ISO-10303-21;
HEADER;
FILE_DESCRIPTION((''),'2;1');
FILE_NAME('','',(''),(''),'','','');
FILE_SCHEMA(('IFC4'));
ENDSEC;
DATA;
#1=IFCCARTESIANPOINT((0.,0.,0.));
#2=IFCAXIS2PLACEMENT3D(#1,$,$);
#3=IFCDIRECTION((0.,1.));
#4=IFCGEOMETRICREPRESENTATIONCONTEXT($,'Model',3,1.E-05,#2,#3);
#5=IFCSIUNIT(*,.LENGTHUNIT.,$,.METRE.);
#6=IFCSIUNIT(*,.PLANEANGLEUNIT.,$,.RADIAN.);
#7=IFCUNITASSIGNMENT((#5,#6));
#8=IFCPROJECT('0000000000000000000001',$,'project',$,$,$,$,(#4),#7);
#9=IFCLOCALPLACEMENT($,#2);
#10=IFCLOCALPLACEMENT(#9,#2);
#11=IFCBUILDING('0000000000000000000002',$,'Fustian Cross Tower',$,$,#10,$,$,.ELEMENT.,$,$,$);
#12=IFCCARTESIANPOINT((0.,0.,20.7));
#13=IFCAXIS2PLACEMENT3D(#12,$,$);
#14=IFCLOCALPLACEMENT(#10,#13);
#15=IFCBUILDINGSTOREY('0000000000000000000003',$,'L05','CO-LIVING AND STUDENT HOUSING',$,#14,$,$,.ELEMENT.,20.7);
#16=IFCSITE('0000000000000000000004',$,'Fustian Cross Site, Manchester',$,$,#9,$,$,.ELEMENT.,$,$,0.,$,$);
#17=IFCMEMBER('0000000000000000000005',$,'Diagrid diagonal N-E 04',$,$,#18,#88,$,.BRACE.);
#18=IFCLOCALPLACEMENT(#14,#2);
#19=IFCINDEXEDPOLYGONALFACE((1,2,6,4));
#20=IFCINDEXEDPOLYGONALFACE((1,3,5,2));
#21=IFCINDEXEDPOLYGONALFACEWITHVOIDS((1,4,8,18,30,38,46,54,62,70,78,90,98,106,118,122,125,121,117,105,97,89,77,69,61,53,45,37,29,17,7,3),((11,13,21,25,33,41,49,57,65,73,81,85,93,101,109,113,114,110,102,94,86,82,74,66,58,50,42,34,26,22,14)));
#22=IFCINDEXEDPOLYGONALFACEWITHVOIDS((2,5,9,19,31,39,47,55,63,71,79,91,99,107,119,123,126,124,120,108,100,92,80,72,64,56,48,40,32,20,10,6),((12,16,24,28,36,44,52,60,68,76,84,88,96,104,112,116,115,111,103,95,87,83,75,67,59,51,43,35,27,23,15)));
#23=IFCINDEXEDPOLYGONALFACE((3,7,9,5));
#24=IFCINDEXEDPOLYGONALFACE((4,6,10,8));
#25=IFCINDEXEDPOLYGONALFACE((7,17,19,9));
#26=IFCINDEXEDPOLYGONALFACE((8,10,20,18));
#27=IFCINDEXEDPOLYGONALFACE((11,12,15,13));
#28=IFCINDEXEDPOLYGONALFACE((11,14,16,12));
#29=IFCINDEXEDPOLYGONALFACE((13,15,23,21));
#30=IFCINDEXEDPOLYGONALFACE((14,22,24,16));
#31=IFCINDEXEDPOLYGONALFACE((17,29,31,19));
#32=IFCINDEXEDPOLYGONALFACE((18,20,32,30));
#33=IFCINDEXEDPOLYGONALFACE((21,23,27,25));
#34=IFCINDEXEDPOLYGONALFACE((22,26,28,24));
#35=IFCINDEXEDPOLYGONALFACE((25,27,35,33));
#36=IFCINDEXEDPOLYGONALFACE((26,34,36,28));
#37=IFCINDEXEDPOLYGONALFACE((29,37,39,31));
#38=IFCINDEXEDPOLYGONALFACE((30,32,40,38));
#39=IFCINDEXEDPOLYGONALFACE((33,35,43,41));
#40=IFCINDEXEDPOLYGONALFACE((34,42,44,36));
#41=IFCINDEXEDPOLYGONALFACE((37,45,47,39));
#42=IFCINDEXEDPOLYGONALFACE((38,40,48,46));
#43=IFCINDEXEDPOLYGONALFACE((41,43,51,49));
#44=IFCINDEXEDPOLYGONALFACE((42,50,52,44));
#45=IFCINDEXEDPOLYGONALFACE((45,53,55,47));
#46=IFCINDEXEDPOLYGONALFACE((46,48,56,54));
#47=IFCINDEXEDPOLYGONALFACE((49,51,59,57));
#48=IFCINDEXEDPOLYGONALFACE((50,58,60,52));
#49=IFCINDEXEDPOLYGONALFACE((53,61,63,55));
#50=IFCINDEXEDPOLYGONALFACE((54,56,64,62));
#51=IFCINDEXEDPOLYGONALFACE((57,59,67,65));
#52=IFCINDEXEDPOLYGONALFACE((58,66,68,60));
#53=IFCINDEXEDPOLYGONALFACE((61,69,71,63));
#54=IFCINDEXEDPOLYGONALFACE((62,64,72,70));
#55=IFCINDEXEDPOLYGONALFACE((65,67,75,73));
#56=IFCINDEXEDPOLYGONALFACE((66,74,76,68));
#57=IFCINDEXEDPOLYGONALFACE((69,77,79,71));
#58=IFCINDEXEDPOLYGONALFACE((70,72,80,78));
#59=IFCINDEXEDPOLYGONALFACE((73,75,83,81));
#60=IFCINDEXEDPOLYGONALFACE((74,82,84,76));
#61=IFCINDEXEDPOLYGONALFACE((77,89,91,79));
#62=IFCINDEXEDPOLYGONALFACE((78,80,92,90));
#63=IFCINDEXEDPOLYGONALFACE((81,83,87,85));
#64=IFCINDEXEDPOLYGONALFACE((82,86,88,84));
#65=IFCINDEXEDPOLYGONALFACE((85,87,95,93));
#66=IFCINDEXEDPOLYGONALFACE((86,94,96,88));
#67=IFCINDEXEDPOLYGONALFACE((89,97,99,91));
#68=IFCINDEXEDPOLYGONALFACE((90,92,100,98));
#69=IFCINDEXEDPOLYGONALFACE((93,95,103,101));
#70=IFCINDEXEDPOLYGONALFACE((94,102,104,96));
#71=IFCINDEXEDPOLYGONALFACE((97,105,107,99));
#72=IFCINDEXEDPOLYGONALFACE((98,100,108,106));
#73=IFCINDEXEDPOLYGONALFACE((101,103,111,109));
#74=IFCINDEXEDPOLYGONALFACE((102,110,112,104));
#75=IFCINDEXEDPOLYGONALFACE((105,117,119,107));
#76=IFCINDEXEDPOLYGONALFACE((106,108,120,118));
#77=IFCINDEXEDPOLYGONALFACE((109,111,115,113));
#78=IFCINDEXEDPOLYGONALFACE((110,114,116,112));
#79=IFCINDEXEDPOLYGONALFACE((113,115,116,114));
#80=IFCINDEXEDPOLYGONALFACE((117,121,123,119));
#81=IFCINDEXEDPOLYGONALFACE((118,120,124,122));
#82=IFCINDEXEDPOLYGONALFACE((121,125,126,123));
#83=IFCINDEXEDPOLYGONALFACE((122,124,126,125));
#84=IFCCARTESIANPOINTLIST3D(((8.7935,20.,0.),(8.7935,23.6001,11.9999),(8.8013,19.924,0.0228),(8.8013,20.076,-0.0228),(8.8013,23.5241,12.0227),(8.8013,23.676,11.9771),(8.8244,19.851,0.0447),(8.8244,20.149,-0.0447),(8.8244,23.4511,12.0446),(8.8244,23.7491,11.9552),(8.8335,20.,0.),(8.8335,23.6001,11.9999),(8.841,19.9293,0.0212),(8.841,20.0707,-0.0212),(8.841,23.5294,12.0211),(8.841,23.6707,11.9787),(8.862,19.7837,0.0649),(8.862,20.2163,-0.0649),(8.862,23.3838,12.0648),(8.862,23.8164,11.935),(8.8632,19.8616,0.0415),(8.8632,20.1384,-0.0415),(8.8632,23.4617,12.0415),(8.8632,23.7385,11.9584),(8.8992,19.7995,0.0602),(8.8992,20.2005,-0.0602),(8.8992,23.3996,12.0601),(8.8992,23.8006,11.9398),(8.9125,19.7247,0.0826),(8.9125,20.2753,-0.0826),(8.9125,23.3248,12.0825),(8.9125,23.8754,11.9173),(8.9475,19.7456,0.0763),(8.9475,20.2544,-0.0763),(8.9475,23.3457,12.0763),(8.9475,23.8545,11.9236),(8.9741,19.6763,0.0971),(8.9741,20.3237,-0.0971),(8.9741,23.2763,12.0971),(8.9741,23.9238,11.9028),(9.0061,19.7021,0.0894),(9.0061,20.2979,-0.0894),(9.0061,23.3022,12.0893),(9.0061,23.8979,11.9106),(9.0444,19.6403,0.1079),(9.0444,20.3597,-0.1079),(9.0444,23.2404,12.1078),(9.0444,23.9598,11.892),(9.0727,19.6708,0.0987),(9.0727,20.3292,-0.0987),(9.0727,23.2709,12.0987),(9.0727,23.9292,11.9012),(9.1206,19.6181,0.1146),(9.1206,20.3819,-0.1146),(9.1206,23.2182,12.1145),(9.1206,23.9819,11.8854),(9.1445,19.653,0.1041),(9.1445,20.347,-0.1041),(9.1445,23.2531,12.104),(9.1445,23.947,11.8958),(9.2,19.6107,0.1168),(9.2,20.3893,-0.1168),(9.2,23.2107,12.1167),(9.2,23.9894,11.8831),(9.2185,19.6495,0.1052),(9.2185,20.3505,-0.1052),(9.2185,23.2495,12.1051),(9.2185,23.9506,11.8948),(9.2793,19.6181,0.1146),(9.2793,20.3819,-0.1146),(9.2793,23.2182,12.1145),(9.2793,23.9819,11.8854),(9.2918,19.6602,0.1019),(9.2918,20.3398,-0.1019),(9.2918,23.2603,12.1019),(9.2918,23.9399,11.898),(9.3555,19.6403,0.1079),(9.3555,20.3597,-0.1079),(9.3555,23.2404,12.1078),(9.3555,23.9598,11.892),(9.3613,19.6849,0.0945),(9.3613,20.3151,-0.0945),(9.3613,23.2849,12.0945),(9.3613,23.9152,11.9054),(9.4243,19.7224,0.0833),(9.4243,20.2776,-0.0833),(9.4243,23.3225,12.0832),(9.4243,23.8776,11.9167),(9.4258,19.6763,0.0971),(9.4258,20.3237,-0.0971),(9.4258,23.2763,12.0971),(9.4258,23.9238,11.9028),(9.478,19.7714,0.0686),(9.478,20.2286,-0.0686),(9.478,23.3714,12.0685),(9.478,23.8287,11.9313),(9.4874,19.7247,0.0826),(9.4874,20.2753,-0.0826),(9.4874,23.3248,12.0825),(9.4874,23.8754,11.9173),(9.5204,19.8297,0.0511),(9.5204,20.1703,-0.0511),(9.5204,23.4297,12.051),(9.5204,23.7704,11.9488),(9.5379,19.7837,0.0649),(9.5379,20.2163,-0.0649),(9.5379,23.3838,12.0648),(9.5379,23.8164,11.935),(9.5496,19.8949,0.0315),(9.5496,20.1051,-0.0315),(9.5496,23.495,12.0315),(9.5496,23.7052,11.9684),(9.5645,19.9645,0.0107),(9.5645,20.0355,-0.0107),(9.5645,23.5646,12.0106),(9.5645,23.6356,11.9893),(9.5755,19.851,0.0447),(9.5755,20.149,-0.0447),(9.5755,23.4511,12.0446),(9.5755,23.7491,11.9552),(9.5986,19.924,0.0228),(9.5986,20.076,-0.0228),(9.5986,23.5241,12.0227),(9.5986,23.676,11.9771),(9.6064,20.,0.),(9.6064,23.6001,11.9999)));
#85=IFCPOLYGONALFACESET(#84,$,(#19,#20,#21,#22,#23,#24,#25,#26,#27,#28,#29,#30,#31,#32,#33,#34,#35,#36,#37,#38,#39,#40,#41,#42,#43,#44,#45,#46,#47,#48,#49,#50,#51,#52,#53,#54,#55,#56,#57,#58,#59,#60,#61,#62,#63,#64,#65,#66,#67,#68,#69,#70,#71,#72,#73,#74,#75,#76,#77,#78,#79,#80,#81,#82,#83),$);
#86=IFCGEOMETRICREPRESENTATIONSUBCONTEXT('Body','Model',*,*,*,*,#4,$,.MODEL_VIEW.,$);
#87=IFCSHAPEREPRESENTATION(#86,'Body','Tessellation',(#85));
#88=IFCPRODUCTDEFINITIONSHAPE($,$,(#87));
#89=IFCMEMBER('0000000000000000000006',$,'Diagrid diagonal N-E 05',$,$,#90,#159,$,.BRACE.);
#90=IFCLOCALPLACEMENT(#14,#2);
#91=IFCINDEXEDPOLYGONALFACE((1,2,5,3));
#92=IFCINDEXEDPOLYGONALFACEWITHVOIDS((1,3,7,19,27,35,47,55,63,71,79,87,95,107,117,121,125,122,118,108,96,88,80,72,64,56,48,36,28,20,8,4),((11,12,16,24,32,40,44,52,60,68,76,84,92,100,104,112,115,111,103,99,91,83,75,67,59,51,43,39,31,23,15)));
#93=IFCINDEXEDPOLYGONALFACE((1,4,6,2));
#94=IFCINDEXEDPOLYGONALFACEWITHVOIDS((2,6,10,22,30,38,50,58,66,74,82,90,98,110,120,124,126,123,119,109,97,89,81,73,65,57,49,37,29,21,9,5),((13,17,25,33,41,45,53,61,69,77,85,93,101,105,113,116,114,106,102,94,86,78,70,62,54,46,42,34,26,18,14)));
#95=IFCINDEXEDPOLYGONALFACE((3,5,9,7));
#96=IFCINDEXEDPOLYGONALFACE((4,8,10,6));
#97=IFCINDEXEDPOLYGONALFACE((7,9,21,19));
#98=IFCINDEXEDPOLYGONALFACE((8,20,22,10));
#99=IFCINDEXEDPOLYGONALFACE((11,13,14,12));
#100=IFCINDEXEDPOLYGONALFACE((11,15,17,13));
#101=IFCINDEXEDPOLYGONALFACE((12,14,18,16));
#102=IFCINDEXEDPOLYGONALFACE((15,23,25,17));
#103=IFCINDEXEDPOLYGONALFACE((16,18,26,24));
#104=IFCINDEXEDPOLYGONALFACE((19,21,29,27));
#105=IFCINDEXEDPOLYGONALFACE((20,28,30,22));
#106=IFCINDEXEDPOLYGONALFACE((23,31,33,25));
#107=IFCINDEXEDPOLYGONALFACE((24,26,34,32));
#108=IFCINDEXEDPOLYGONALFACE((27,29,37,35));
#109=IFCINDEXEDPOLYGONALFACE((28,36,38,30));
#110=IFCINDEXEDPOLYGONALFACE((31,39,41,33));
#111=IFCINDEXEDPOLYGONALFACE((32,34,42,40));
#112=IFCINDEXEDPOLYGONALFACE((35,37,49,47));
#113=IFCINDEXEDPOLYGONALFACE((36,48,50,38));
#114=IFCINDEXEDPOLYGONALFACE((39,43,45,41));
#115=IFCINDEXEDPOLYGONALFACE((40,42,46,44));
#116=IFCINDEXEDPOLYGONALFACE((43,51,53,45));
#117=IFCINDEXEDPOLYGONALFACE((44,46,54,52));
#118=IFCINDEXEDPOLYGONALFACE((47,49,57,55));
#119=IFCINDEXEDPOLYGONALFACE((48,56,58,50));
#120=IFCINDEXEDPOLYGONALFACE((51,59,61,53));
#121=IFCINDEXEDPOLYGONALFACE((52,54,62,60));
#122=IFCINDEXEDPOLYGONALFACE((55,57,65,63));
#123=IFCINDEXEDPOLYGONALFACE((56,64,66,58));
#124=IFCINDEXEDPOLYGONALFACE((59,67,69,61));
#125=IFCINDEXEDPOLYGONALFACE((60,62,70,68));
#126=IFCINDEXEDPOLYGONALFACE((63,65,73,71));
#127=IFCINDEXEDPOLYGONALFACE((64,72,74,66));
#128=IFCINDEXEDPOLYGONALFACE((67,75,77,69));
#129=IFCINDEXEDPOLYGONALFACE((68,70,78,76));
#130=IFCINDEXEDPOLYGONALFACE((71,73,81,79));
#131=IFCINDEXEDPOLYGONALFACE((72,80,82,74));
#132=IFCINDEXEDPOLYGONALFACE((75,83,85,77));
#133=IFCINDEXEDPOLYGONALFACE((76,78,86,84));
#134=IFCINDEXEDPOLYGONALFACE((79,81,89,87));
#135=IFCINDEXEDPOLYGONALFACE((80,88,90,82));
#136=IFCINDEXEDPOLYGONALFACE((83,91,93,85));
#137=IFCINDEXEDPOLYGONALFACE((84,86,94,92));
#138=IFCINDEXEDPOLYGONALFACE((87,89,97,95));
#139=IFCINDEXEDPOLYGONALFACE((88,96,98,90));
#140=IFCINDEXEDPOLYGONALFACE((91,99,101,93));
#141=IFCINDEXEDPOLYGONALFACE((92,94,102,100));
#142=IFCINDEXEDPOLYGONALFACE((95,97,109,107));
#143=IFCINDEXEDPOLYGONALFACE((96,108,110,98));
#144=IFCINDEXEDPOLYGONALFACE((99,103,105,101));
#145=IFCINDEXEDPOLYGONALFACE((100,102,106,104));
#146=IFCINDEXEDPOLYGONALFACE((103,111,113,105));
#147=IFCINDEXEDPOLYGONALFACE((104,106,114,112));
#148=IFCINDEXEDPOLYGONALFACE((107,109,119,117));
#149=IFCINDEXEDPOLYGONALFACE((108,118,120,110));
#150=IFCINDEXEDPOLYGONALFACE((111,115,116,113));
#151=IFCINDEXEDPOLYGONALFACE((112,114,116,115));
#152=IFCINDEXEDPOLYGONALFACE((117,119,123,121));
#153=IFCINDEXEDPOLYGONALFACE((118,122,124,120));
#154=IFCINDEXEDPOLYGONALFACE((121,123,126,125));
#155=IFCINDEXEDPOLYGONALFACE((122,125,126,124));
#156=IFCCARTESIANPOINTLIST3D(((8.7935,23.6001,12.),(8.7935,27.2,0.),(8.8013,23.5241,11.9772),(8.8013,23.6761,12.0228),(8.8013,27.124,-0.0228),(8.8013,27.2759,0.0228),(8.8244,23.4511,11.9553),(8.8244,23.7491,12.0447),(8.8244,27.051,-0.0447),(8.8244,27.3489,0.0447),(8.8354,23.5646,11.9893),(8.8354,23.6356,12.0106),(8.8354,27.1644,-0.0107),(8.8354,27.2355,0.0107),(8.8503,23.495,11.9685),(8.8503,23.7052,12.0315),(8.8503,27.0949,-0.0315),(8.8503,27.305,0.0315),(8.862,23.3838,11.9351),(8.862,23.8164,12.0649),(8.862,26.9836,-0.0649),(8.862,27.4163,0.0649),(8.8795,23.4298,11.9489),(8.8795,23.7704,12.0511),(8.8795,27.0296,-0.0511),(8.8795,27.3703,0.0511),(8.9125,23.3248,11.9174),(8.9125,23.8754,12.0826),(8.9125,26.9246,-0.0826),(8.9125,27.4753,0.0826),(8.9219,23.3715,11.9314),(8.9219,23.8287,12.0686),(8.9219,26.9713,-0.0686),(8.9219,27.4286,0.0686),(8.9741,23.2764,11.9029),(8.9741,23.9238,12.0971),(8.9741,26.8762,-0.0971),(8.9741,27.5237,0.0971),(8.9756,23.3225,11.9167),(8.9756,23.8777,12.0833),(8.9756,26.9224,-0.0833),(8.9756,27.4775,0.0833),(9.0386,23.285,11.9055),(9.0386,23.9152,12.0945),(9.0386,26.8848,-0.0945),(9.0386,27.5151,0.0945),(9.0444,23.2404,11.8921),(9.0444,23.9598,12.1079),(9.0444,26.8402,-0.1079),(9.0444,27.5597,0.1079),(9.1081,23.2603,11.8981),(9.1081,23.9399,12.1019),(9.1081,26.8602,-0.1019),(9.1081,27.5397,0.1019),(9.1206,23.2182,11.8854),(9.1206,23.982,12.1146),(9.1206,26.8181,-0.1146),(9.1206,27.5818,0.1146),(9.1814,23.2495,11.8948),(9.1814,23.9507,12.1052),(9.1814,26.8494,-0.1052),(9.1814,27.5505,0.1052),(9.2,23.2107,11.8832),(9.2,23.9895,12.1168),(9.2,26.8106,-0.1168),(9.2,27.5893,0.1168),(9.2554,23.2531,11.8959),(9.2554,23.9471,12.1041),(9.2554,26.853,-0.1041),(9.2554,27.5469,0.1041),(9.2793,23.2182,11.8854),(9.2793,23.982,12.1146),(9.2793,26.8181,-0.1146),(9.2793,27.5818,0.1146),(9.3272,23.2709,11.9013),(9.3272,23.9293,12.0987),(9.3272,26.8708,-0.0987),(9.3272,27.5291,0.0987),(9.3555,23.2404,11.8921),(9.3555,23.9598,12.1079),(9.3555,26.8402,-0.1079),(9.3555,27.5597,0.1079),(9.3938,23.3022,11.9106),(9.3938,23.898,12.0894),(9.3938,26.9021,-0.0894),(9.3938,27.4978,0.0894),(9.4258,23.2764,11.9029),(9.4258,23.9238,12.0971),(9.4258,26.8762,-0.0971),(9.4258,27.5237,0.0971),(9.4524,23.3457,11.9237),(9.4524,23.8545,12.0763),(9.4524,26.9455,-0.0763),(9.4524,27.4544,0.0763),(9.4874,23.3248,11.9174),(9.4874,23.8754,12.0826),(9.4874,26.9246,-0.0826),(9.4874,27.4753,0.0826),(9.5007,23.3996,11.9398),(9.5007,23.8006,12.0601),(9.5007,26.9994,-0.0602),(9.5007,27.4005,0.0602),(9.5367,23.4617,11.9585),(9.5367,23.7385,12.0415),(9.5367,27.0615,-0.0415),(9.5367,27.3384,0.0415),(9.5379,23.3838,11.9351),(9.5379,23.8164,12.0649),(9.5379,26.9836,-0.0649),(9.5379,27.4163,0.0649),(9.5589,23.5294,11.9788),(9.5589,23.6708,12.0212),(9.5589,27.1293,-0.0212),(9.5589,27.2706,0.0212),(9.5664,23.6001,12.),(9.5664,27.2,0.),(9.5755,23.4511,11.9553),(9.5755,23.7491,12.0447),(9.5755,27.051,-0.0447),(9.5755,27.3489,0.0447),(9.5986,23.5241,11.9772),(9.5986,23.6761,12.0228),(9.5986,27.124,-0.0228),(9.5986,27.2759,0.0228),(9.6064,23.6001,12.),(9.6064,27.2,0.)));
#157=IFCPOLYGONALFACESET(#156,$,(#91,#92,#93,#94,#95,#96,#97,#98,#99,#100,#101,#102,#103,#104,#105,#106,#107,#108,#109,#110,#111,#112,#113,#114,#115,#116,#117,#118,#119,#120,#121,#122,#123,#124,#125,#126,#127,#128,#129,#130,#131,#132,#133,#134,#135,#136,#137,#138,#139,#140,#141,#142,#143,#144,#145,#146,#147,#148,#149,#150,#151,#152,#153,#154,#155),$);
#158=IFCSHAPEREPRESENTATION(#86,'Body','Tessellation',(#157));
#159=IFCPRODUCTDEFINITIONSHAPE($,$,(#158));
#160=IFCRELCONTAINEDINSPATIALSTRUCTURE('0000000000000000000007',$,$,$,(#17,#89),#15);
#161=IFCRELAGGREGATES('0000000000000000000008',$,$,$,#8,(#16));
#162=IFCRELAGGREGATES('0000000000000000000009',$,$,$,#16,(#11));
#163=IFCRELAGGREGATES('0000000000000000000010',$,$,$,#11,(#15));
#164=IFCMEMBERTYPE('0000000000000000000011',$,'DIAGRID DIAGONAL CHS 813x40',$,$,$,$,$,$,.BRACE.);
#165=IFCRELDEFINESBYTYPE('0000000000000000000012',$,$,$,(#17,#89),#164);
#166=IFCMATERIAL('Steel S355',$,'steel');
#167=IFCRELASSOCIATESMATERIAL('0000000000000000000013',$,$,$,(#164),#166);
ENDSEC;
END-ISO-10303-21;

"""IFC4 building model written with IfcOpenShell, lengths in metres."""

from ifc_helpers import new_model, si_unit, direction, frame, origin, origin_2d, place, context, subcontext, project, spatial, hollow_circle, extrude, material, material_profile, profile_set, type_object, element, save


model = new_model("IFC4")

# Units and contexts
model_context = context("Model", 3, precision=1e-05, world=origin(), true_north=direction((0.0, 1.0)))
body_context = subcontext(model_context, "Body", "Model", "MODEL_VIEW")
ifc_project = project(units=[si_unit("LENGTHUNIT", "METRE"), si_unit("PLANEANGLEUNIT", "RADIAN")], contexts=[model_context])

# Site, building, storey
site_placement = place(None, origin())
site = spatial("IfcSite", under=ifc_project, at=site_placement, Name="Fustian Cross Site, Manchester", CompositionType="ELEMENT", RefElevation=0.0)
building_placement = place(site_placement, origin())
building = spatial("IfcBuilding", under=site, at=building_placement, Name="Fustian Cross Tower", CompositionType="ELEMENT")
storey_placement = place(building_placement, frame((0.0, 0.0, 20.7)))
storey = spatial("IfcBuildingStorey", under=building, at=storey_placement, Name="L05", Description="CO-LIVING AND STUDENT HOUSING", CompositionType="ELEMENT", Elevation=20.7)

# Members
ifc_material_1 = material(Name="Steel S355", Category="steel")
ifc_material_profile_1 = material_profile(ifc_material_1, hollow_circle(Radius=0.4065, WallThickness=0.04, at=origin_2d()), Name="CHS 813x40")
ifc_profile_set_1 = profile_set([ifc_material_profile_1], Name="Steel S355")
member_type_1 = type_object("IfcMemberType", Name="DIAGRID DIAGONAL CHS 813x40", PredefinedType="BRACE", material=ifc_profile_set_1)
for number, where, z_axis, x_axis, name in (
    (1, (9.2, 20.0, 0.0), (0.0, 0.287355, 0.957824), (-1.0, 0.0, 0.0), "Diagrid diagonal N-E 04"),
    (2, (9.2, 27.2, 0.0), (0.0, -0.287337, 0.95783), (1.0, 0.0, 0.0), "Diagrid diagonal N-E 05"),
):
    element("IfcMember", number, at=place(storey_placement, frame(where, z_axis=z_axis, x_axis=x_axis)), inside=storey, type_object=member_type_1, Name=name, PredefinedType="BRACE", context=body_context, shape_type="SweptSolid", body=[
        extrude(hollow_circle(Radius=0.4065, WallThickness=0.04, at=origin_2d()), origin(), (0.0, 0.0, 1.0), 12.5283),
    ])

save(model, "model.ifc")
